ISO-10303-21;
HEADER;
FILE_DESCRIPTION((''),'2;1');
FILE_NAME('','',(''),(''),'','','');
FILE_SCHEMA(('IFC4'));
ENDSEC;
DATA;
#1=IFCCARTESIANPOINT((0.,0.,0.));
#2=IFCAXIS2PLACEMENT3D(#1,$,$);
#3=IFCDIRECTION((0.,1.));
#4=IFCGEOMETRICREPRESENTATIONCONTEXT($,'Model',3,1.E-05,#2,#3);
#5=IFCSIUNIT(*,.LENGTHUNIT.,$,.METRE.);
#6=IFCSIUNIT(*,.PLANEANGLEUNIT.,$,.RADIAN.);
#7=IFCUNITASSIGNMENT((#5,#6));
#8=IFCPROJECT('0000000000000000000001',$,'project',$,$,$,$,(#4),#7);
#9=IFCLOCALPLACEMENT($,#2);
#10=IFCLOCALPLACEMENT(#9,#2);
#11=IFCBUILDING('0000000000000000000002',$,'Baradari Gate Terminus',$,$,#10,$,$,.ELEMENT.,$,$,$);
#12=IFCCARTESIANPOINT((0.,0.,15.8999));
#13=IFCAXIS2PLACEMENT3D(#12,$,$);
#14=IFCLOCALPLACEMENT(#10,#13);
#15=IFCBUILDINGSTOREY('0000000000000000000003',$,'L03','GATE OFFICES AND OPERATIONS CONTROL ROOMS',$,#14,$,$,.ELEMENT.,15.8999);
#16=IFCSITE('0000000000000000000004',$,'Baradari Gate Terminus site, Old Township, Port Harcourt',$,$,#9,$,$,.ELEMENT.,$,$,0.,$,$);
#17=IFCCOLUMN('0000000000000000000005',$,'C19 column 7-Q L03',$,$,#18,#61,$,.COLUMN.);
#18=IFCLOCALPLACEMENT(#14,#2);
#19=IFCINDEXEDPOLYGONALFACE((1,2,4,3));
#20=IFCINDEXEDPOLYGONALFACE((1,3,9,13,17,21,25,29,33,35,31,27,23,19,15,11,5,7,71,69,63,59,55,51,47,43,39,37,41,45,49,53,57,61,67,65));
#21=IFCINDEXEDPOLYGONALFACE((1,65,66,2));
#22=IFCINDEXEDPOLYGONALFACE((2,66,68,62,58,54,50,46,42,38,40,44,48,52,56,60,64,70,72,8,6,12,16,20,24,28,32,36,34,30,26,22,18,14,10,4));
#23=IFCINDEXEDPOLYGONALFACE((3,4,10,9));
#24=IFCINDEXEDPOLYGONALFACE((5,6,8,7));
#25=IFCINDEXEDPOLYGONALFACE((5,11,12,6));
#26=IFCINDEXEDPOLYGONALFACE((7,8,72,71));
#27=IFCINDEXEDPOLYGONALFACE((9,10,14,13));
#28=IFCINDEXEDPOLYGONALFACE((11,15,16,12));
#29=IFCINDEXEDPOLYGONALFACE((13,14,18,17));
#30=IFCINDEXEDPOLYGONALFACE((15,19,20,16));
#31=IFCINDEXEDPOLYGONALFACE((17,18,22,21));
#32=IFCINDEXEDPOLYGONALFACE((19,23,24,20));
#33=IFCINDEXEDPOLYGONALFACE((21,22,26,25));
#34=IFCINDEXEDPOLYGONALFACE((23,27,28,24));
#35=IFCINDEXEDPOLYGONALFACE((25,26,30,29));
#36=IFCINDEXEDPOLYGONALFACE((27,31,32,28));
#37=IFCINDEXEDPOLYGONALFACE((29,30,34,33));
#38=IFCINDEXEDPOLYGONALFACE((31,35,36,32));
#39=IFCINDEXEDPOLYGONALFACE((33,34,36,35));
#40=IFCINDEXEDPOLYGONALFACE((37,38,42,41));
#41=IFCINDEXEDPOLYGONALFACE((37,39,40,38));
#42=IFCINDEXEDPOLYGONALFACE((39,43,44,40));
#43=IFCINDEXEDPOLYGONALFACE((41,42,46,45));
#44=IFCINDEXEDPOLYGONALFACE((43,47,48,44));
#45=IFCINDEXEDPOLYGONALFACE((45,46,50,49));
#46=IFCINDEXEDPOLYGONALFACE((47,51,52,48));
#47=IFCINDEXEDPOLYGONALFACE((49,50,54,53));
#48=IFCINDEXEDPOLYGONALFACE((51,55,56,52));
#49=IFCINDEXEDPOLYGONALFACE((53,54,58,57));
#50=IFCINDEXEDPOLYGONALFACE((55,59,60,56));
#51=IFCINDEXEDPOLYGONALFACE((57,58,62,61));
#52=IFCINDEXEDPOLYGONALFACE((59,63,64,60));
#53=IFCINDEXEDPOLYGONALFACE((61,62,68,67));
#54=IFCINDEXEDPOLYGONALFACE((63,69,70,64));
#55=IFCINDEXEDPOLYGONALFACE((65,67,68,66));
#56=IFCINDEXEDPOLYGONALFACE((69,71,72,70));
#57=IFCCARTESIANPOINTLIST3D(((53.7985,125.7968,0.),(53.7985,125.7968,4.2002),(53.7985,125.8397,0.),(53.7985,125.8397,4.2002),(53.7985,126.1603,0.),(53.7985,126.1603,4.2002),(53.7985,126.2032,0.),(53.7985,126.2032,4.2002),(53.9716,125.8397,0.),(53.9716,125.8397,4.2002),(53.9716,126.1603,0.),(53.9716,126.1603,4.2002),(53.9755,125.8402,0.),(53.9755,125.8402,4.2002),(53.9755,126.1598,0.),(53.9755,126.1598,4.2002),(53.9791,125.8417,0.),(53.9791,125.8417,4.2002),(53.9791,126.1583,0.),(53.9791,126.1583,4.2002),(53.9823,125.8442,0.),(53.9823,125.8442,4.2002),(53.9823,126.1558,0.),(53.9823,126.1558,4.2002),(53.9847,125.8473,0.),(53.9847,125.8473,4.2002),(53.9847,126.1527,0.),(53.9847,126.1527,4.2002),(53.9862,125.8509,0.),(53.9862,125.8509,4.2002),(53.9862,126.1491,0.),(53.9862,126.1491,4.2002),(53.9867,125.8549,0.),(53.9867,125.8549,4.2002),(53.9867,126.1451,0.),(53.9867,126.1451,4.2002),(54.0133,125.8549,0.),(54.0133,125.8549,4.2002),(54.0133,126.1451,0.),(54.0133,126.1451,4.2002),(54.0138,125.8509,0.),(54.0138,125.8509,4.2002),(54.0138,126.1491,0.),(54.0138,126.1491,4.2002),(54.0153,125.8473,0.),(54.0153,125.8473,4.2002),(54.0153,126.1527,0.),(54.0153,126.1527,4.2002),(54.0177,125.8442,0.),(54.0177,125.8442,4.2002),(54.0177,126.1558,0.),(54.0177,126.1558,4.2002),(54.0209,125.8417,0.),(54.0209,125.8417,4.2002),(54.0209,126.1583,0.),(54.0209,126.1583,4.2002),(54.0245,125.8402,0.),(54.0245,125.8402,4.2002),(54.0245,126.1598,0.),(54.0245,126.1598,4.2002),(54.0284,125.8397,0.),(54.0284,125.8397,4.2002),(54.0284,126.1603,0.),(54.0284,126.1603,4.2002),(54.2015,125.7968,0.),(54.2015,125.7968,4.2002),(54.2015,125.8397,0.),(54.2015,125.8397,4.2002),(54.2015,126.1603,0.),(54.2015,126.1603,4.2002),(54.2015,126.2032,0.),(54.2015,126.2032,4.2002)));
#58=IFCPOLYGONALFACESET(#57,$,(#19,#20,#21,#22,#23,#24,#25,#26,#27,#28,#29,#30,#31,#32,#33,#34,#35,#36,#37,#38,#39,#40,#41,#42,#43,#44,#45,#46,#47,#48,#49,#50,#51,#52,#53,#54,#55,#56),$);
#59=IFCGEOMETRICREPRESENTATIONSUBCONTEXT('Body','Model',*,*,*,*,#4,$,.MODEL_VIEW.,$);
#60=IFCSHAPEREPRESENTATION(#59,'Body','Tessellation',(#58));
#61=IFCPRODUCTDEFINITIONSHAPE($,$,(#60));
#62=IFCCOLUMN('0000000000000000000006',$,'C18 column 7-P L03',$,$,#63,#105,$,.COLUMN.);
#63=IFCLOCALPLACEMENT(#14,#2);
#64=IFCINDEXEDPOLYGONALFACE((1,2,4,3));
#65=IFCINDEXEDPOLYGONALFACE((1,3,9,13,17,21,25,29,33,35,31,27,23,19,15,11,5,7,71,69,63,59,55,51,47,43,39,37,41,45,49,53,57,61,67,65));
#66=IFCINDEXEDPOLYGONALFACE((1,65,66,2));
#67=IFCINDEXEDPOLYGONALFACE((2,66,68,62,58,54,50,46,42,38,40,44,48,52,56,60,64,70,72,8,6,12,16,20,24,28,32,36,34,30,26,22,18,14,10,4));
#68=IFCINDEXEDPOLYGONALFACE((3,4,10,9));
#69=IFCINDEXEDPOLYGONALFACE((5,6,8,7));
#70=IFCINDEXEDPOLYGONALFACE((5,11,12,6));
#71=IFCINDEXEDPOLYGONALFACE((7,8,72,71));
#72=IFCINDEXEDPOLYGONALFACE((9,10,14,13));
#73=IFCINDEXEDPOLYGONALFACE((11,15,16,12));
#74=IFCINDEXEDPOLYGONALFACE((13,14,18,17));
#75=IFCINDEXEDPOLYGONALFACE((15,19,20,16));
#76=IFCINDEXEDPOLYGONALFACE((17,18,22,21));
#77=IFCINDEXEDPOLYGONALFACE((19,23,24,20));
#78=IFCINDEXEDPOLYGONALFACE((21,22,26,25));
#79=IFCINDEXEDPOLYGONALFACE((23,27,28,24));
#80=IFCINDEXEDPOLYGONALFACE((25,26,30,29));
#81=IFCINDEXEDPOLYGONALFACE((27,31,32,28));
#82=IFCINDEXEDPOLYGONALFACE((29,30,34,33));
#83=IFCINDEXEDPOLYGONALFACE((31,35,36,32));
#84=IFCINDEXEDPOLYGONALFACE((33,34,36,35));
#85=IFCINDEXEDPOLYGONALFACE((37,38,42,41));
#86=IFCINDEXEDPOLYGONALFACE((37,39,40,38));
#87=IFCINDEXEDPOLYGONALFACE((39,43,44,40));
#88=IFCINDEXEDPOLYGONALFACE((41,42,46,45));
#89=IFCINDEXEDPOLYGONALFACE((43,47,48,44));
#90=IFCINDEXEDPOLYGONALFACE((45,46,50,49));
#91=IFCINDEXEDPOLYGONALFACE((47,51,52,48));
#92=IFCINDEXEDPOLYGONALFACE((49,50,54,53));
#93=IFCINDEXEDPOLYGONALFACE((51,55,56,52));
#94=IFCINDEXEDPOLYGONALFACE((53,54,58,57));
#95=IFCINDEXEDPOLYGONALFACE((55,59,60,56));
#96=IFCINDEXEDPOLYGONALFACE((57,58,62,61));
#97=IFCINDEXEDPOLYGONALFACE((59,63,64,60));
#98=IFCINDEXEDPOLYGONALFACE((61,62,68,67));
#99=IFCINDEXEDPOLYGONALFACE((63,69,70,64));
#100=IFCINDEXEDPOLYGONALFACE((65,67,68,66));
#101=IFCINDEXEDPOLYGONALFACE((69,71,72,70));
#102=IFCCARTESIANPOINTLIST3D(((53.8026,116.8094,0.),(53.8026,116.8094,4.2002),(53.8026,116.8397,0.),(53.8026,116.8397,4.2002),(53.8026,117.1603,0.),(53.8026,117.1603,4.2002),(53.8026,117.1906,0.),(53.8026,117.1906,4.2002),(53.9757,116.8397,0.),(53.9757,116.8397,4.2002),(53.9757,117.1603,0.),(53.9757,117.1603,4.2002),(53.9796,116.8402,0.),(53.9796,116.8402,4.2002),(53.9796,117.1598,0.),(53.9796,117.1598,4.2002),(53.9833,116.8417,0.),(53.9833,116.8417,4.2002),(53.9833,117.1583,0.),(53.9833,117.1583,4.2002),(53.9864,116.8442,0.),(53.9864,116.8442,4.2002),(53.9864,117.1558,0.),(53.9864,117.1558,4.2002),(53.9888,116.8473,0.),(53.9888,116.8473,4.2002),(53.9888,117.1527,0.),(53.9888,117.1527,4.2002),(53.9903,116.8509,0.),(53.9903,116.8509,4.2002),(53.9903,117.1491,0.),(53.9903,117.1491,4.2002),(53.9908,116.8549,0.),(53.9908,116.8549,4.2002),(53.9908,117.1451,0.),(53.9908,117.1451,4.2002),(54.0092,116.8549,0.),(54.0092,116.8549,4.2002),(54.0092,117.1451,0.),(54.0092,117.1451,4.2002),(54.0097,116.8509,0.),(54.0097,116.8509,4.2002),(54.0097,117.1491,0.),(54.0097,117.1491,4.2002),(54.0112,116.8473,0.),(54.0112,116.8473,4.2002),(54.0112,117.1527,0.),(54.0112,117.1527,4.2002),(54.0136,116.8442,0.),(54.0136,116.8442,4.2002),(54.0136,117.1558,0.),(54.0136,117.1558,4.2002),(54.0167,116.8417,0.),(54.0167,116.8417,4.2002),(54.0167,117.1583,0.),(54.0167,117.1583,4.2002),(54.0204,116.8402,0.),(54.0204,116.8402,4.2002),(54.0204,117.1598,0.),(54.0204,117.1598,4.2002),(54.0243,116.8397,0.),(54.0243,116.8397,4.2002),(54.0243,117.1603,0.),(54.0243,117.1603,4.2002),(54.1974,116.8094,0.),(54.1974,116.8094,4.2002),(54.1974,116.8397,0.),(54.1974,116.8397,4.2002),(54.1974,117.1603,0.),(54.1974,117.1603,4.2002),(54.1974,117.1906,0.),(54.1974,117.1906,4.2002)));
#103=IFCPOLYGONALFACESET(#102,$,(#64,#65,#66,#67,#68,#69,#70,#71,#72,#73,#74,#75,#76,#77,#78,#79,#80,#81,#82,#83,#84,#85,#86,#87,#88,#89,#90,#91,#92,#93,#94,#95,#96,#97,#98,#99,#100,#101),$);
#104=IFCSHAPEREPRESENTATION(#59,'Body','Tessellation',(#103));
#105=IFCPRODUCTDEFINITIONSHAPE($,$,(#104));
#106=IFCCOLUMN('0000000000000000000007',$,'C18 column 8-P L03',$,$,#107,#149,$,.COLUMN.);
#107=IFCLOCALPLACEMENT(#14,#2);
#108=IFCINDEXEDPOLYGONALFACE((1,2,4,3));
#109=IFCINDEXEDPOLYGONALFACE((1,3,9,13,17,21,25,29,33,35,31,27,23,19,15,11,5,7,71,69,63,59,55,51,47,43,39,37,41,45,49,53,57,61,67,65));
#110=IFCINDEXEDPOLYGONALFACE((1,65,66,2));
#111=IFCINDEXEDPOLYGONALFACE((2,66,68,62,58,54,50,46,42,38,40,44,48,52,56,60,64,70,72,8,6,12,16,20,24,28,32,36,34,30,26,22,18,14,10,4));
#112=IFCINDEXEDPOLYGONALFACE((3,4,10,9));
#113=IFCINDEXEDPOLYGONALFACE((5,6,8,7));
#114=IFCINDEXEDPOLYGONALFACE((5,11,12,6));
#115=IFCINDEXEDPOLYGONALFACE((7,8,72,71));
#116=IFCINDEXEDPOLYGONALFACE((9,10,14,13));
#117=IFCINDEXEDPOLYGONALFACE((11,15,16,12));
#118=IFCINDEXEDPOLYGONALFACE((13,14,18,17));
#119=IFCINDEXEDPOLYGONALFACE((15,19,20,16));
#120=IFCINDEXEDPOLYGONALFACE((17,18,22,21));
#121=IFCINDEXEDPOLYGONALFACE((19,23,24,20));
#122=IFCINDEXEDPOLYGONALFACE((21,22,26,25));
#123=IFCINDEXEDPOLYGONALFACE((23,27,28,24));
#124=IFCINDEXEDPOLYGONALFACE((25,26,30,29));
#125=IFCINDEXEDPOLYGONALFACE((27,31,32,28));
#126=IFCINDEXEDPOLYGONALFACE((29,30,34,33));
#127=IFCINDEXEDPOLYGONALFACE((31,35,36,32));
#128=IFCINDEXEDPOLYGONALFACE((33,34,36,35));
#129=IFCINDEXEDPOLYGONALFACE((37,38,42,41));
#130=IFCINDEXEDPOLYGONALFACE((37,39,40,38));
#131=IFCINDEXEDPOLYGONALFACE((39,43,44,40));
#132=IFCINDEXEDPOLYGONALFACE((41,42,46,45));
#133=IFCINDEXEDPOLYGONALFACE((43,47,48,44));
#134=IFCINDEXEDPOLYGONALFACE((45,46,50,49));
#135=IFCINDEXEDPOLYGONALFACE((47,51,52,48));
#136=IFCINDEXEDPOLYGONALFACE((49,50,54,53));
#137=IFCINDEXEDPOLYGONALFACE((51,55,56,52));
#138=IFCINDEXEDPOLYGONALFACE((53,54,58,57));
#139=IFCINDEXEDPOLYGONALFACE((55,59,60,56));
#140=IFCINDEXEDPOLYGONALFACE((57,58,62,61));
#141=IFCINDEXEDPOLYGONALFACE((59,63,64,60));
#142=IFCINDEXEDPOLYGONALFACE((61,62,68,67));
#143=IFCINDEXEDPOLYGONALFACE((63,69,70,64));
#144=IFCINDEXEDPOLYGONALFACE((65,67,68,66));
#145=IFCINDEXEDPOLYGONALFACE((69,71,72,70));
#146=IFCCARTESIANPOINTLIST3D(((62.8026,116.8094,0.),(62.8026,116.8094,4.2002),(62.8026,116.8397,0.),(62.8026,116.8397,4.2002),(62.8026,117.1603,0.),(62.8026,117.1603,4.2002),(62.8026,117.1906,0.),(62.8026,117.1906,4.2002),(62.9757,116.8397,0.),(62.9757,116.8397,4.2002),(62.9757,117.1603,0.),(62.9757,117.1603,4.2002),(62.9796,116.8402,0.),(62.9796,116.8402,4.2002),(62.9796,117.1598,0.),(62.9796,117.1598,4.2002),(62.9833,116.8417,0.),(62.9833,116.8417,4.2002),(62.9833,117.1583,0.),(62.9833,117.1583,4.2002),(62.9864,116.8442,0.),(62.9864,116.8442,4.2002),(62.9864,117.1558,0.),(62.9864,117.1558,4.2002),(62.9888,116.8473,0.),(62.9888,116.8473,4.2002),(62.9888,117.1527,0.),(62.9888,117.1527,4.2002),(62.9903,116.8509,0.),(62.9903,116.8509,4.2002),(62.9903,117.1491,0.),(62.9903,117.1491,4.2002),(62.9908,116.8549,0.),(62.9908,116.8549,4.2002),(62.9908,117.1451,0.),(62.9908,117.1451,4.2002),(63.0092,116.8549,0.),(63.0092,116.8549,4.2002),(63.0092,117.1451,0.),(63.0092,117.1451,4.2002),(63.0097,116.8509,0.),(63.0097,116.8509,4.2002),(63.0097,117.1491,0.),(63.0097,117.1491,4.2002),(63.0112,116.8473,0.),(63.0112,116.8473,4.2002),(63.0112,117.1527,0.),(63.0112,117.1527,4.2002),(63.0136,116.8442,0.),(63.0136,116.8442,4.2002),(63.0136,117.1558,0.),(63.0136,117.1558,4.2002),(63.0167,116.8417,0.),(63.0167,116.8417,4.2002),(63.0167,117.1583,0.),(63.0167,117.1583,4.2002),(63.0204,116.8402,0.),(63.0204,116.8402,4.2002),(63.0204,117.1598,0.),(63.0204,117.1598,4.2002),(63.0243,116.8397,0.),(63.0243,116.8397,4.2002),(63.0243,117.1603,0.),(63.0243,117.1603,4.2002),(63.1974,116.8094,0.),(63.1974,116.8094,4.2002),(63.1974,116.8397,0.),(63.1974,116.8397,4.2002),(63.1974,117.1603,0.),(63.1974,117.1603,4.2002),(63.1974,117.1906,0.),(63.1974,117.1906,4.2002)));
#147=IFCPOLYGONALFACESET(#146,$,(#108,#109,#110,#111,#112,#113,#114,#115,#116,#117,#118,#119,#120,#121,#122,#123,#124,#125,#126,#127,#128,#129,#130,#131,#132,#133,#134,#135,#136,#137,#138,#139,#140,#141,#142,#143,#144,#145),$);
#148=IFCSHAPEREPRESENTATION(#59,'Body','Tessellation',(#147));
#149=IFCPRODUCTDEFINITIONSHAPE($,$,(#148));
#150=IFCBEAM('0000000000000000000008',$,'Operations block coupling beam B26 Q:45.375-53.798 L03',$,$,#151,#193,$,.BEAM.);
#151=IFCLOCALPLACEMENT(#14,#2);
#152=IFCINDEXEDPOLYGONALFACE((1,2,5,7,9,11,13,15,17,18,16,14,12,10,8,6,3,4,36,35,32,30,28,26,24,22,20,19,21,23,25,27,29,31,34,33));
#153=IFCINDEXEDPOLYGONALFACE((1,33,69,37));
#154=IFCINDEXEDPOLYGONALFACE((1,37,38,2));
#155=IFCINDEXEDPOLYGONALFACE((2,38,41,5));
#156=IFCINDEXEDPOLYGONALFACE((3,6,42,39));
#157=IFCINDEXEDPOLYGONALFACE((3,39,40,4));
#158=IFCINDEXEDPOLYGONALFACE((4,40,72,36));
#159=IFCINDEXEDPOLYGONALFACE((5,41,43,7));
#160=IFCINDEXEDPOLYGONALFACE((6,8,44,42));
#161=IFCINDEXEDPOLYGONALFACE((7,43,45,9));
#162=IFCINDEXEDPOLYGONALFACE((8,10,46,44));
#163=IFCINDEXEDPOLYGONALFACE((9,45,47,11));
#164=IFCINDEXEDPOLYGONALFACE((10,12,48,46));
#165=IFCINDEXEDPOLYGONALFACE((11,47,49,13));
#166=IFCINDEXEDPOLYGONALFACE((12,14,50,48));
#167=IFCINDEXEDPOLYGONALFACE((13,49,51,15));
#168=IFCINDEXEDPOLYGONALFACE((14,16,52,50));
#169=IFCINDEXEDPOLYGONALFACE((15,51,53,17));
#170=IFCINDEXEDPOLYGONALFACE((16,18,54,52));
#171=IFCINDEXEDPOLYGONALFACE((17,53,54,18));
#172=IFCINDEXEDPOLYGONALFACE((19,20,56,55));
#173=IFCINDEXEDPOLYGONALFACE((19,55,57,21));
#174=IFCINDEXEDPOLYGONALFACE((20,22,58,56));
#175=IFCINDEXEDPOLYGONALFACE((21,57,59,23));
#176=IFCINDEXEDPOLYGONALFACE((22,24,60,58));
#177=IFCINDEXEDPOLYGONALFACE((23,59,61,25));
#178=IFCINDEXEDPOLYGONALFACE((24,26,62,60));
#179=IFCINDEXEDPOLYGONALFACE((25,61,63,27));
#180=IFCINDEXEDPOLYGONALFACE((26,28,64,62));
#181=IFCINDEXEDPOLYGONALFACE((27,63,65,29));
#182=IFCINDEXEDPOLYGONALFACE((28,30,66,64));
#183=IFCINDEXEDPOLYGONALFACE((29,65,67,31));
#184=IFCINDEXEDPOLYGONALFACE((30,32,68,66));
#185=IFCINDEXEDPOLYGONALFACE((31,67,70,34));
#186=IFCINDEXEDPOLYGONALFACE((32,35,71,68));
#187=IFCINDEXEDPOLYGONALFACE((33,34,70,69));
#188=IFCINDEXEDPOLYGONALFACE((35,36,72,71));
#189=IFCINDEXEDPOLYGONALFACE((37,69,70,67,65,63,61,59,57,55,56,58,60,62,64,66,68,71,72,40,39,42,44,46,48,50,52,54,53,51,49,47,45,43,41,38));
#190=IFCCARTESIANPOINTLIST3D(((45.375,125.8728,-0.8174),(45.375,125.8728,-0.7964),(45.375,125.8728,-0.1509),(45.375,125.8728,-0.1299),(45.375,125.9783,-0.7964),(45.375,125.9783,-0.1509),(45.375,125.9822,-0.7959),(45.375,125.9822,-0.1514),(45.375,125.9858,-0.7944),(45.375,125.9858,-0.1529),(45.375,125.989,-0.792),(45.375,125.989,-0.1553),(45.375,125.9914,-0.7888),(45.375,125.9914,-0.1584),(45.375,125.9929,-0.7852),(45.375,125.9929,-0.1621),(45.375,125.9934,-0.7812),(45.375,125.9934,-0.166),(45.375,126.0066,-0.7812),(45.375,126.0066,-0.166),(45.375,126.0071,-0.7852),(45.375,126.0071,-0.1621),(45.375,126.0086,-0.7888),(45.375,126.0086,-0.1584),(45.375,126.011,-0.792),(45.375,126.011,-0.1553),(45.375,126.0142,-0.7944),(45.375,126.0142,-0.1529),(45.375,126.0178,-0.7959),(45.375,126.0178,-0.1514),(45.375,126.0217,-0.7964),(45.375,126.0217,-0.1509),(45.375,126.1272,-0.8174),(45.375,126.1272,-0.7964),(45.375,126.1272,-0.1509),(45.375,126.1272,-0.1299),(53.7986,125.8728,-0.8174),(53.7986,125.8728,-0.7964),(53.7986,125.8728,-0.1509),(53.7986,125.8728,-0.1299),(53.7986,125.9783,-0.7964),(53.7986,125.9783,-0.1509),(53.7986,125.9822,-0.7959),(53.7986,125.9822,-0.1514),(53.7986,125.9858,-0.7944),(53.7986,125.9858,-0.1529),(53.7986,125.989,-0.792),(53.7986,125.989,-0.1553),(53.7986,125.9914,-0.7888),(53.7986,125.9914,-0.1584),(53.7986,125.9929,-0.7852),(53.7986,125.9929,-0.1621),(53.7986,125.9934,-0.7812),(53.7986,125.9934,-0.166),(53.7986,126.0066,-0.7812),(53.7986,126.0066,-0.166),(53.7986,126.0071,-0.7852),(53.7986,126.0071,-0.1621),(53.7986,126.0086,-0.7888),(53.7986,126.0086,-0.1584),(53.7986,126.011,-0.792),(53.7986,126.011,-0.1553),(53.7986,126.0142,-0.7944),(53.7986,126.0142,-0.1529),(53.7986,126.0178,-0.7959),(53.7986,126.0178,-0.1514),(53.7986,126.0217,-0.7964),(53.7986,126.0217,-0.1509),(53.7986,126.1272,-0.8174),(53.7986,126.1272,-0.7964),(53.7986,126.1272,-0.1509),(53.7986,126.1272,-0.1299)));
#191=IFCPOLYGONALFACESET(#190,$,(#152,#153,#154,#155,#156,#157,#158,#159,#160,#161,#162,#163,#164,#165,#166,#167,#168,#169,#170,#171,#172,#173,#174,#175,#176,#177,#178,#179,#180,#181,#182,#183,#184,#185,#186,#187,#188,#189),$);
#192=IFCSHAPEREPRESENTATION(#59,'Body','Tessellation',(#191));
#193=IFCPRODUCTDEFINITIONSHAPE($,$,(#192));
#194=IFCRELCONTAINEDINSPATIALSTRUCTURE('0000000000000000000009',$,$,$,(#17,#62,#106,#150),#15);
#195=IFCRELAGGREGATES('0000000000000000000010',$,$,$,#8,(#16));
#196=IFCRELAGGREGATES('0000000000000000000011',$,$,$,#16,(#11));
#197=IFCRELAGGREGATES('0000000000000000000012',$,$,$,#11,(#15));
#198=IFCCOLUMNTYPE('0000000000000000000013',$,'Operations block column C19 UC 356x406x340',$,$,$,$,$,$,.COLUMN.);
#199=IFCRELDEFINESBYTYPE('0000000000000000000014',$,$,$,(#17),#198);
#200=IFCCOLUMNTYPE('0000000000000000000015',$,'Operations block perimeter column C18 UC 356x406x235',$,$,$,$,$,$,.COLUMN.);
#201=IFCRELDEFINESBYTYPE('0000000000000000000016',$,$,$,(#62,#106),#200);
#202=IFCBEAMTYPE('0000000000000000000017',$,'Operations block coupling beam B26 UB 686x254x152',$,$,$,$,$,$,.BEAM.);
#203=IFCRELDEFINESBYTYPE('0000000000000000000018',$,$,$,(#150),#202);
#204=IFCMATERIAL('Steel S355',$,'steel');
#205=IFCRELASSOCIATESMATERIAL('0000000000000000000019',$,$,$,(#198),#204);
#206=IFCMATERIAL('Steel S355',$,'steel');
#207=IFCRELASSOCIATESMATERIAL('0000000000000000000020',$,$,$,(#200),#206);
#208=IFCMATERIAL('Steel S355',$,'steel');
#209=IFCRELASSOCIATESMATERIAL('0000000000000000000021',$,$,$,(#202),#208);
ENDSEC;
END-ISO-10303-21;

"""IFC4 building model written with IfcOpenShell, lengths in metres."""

from ifc_helpers import new_model, si_unit, direction, frame, origin, origin_2d, place, context, subcontext, project, spatial, i_section, extrude, material, material_profile, profile_set, type_object, element, save


model = new_model("IFC4")

# Units and contexts
model_context = context("Model", 3, precision=1e-05, world=origin(), true_north=direction((0.0, 1.0)))
body_context = subcontext(model_context, "Body", "Model", "MODEL_VIEW")
ifc_project = project(units=[si_unit("LENGTHUNIT", "METRE"), si_unit("PLANEANGLEUNIT", "RADIAN")], contexts=[model_context])

# Site, building, storey
site_placement = place(None, origin())
site = spatial("IfcSite", under=ifc_project, at=site_placement, Name="Baradari Gate Terminus site, Old Township, Port Harcourt", CompositionType="ELEMENT", RefElevation=0.0)
building_placement = place(site_placement, origin())
building = spatial("IfcBuilding", under=site, at=building_placement, Name="Baradari Gate Terminus", CompositionType="ELEMENT")
storey_placement = place(building_placement, frame((0.0, 0.0, 15.8999)))
storey = spatial("IfcBuildingStorey", under=building, at=storey_placement, Name="L03", Description="GATE OFFICES AND OPERATIONS CONTROL ROOMS", CompositionType="ELEMENT", Elevation=15.8999)

# Columns
ifc_material_1 = material(Name="Steel S355", Category="steel")
ifc_material_profile_1 = material_profile(ifc_material_1, i_section(OverallWidth=0.4031, OverallDepth=0.4065, WebThickness=0.0266, FlangeThickness=0.043, FilletRadius=0.0151, at=origin_2d()), Name="UC 356x406x340")
ifc_profile_set_1 = profile_set([ifc_material_profile_1], Name="Steel S355")
column_type_1 = type_object("IfcColumnType", Name="Operations block column C19 UC 356x406x340", PredefinedType="COLUMN", material=ifc_profile_set_1)
column_placement = place(storey_placement, frame((54.0, 126.0, 0.0), z_axis=(0.0, 0.0, 1.0), x_axis=(1.0, 0.0, 0.0)))
element("IfcColumn", 1, at=column_placement, inside=storey, type_object=column_type_1, Name="C19 column 7-Q L03", PredefinedType="COLUMN", context=body_context, shape_type="SweptSolid", body=[
    extrude(i_section(OverallWidth=0.4031, OverallDepth=0.4065, WebThickness=0.0266, FlangeThickness=0.043, FilletRadius=0.0151, at=origin_2d()), origin(), (0.0, 0.0, 1.0), 4.2002),
])
ifc_material_2 = material(Name="Steel S355", Category="steel")
ifc_material_profile_2 = material_profile(ifc_material_2, i_section(OverallWidth=0.3948, OverallDepth=0.3811, WebThickness=0.0183, FlangeThickness=0.0303, FilletRadius=0.0151, at=origin_2d()), Name="UC 356x406x235")
ifc_profile_set_2 = profile_set([ifc_material_profile_2], Name="Steel S355")
column_type_2 = type_object("IfcColumnType", Name="Operations block perimeter column C18 UC 356x406x235", PredefinedType="COLUMN", material=ifc_profile_set_2)
for number, where, z_axis, x_axis, name in (
    (2, (54.0, 117.0, 0.0), (0.0, 0.0, 1.0), (1.0, 0.0, 0.0), "C18 column 7-P L03"),
    (3, (63.0, 117.0, 0.0), (0.0, 0.0, 1.0), (1.0, 0.0, 0.0), "C18 column 8-P L03"),
):
    element("IfcColumn", number, at=place(storey_placement, frame(where, z_axis=z_axis, x_axis=x_axis)), inside=storey, type_object=column_type_2, Name=name, PredefinedType="COLUMN", context=body_context, shape_type="SweptSolid", body=[
        extrude(i_section(OverallWidth=0.3948, OverallDepth=0.3811, WebThickness=0.0183, FlangeThickness=0.0303, FilletRadius=0.0151, at=origin_2d()), origin(), (0.0, 0.0, 1.0), 4.2002),
    ])

# Beam
ifc_material_3 = material(Name="Steel S355", Category="steel")
ifc_material_profile_3 = material_profile(ifc_material_3, i_section(OverallWidth=0.2544, OverallDepth=0.6875, WebThickness=0.0132, FlangeThickness=0.021, FilletRadius=0.0151, at=origin_2d()), Name="UB 686x254x152")
ifc_profile_set_3 = profile_set([ifc_material_profile_3], Name="Steel S355")
beam_type_1 = type_object("IfcBeamType", Name="Operations block coupling beam B26 UB 686x254x152", PredefinedType="BEAM", material=ifc_profile_set_3)
beam_1_placement = place(storey_placement, frame((45.375, 126.0, -0.4736), z_axis=(1.0, 0.0, 0.0), x_axis=(0.0, 1.0, 0.0)))
element("IfcBeam", 4, at=beam_1_placement, inside=storey, type_object=beam_type_1, Name="Operations block coupling beam B26 Q:45.375-53.798 L03", PredefinedType="BEAM", context=body_context, shape_type="SweptSolid", body=[
    extrude(i_section(OverallWidth=0.2544, OverallDepth=0.6875, WebThickness=0.0132, FlangeThickness=0.021, FilletRadius=0.0151, at=origin_2d()), origin(), (0.0, 0.0, 1.0), 8.4236),
])

save(model, "model.ifc")
